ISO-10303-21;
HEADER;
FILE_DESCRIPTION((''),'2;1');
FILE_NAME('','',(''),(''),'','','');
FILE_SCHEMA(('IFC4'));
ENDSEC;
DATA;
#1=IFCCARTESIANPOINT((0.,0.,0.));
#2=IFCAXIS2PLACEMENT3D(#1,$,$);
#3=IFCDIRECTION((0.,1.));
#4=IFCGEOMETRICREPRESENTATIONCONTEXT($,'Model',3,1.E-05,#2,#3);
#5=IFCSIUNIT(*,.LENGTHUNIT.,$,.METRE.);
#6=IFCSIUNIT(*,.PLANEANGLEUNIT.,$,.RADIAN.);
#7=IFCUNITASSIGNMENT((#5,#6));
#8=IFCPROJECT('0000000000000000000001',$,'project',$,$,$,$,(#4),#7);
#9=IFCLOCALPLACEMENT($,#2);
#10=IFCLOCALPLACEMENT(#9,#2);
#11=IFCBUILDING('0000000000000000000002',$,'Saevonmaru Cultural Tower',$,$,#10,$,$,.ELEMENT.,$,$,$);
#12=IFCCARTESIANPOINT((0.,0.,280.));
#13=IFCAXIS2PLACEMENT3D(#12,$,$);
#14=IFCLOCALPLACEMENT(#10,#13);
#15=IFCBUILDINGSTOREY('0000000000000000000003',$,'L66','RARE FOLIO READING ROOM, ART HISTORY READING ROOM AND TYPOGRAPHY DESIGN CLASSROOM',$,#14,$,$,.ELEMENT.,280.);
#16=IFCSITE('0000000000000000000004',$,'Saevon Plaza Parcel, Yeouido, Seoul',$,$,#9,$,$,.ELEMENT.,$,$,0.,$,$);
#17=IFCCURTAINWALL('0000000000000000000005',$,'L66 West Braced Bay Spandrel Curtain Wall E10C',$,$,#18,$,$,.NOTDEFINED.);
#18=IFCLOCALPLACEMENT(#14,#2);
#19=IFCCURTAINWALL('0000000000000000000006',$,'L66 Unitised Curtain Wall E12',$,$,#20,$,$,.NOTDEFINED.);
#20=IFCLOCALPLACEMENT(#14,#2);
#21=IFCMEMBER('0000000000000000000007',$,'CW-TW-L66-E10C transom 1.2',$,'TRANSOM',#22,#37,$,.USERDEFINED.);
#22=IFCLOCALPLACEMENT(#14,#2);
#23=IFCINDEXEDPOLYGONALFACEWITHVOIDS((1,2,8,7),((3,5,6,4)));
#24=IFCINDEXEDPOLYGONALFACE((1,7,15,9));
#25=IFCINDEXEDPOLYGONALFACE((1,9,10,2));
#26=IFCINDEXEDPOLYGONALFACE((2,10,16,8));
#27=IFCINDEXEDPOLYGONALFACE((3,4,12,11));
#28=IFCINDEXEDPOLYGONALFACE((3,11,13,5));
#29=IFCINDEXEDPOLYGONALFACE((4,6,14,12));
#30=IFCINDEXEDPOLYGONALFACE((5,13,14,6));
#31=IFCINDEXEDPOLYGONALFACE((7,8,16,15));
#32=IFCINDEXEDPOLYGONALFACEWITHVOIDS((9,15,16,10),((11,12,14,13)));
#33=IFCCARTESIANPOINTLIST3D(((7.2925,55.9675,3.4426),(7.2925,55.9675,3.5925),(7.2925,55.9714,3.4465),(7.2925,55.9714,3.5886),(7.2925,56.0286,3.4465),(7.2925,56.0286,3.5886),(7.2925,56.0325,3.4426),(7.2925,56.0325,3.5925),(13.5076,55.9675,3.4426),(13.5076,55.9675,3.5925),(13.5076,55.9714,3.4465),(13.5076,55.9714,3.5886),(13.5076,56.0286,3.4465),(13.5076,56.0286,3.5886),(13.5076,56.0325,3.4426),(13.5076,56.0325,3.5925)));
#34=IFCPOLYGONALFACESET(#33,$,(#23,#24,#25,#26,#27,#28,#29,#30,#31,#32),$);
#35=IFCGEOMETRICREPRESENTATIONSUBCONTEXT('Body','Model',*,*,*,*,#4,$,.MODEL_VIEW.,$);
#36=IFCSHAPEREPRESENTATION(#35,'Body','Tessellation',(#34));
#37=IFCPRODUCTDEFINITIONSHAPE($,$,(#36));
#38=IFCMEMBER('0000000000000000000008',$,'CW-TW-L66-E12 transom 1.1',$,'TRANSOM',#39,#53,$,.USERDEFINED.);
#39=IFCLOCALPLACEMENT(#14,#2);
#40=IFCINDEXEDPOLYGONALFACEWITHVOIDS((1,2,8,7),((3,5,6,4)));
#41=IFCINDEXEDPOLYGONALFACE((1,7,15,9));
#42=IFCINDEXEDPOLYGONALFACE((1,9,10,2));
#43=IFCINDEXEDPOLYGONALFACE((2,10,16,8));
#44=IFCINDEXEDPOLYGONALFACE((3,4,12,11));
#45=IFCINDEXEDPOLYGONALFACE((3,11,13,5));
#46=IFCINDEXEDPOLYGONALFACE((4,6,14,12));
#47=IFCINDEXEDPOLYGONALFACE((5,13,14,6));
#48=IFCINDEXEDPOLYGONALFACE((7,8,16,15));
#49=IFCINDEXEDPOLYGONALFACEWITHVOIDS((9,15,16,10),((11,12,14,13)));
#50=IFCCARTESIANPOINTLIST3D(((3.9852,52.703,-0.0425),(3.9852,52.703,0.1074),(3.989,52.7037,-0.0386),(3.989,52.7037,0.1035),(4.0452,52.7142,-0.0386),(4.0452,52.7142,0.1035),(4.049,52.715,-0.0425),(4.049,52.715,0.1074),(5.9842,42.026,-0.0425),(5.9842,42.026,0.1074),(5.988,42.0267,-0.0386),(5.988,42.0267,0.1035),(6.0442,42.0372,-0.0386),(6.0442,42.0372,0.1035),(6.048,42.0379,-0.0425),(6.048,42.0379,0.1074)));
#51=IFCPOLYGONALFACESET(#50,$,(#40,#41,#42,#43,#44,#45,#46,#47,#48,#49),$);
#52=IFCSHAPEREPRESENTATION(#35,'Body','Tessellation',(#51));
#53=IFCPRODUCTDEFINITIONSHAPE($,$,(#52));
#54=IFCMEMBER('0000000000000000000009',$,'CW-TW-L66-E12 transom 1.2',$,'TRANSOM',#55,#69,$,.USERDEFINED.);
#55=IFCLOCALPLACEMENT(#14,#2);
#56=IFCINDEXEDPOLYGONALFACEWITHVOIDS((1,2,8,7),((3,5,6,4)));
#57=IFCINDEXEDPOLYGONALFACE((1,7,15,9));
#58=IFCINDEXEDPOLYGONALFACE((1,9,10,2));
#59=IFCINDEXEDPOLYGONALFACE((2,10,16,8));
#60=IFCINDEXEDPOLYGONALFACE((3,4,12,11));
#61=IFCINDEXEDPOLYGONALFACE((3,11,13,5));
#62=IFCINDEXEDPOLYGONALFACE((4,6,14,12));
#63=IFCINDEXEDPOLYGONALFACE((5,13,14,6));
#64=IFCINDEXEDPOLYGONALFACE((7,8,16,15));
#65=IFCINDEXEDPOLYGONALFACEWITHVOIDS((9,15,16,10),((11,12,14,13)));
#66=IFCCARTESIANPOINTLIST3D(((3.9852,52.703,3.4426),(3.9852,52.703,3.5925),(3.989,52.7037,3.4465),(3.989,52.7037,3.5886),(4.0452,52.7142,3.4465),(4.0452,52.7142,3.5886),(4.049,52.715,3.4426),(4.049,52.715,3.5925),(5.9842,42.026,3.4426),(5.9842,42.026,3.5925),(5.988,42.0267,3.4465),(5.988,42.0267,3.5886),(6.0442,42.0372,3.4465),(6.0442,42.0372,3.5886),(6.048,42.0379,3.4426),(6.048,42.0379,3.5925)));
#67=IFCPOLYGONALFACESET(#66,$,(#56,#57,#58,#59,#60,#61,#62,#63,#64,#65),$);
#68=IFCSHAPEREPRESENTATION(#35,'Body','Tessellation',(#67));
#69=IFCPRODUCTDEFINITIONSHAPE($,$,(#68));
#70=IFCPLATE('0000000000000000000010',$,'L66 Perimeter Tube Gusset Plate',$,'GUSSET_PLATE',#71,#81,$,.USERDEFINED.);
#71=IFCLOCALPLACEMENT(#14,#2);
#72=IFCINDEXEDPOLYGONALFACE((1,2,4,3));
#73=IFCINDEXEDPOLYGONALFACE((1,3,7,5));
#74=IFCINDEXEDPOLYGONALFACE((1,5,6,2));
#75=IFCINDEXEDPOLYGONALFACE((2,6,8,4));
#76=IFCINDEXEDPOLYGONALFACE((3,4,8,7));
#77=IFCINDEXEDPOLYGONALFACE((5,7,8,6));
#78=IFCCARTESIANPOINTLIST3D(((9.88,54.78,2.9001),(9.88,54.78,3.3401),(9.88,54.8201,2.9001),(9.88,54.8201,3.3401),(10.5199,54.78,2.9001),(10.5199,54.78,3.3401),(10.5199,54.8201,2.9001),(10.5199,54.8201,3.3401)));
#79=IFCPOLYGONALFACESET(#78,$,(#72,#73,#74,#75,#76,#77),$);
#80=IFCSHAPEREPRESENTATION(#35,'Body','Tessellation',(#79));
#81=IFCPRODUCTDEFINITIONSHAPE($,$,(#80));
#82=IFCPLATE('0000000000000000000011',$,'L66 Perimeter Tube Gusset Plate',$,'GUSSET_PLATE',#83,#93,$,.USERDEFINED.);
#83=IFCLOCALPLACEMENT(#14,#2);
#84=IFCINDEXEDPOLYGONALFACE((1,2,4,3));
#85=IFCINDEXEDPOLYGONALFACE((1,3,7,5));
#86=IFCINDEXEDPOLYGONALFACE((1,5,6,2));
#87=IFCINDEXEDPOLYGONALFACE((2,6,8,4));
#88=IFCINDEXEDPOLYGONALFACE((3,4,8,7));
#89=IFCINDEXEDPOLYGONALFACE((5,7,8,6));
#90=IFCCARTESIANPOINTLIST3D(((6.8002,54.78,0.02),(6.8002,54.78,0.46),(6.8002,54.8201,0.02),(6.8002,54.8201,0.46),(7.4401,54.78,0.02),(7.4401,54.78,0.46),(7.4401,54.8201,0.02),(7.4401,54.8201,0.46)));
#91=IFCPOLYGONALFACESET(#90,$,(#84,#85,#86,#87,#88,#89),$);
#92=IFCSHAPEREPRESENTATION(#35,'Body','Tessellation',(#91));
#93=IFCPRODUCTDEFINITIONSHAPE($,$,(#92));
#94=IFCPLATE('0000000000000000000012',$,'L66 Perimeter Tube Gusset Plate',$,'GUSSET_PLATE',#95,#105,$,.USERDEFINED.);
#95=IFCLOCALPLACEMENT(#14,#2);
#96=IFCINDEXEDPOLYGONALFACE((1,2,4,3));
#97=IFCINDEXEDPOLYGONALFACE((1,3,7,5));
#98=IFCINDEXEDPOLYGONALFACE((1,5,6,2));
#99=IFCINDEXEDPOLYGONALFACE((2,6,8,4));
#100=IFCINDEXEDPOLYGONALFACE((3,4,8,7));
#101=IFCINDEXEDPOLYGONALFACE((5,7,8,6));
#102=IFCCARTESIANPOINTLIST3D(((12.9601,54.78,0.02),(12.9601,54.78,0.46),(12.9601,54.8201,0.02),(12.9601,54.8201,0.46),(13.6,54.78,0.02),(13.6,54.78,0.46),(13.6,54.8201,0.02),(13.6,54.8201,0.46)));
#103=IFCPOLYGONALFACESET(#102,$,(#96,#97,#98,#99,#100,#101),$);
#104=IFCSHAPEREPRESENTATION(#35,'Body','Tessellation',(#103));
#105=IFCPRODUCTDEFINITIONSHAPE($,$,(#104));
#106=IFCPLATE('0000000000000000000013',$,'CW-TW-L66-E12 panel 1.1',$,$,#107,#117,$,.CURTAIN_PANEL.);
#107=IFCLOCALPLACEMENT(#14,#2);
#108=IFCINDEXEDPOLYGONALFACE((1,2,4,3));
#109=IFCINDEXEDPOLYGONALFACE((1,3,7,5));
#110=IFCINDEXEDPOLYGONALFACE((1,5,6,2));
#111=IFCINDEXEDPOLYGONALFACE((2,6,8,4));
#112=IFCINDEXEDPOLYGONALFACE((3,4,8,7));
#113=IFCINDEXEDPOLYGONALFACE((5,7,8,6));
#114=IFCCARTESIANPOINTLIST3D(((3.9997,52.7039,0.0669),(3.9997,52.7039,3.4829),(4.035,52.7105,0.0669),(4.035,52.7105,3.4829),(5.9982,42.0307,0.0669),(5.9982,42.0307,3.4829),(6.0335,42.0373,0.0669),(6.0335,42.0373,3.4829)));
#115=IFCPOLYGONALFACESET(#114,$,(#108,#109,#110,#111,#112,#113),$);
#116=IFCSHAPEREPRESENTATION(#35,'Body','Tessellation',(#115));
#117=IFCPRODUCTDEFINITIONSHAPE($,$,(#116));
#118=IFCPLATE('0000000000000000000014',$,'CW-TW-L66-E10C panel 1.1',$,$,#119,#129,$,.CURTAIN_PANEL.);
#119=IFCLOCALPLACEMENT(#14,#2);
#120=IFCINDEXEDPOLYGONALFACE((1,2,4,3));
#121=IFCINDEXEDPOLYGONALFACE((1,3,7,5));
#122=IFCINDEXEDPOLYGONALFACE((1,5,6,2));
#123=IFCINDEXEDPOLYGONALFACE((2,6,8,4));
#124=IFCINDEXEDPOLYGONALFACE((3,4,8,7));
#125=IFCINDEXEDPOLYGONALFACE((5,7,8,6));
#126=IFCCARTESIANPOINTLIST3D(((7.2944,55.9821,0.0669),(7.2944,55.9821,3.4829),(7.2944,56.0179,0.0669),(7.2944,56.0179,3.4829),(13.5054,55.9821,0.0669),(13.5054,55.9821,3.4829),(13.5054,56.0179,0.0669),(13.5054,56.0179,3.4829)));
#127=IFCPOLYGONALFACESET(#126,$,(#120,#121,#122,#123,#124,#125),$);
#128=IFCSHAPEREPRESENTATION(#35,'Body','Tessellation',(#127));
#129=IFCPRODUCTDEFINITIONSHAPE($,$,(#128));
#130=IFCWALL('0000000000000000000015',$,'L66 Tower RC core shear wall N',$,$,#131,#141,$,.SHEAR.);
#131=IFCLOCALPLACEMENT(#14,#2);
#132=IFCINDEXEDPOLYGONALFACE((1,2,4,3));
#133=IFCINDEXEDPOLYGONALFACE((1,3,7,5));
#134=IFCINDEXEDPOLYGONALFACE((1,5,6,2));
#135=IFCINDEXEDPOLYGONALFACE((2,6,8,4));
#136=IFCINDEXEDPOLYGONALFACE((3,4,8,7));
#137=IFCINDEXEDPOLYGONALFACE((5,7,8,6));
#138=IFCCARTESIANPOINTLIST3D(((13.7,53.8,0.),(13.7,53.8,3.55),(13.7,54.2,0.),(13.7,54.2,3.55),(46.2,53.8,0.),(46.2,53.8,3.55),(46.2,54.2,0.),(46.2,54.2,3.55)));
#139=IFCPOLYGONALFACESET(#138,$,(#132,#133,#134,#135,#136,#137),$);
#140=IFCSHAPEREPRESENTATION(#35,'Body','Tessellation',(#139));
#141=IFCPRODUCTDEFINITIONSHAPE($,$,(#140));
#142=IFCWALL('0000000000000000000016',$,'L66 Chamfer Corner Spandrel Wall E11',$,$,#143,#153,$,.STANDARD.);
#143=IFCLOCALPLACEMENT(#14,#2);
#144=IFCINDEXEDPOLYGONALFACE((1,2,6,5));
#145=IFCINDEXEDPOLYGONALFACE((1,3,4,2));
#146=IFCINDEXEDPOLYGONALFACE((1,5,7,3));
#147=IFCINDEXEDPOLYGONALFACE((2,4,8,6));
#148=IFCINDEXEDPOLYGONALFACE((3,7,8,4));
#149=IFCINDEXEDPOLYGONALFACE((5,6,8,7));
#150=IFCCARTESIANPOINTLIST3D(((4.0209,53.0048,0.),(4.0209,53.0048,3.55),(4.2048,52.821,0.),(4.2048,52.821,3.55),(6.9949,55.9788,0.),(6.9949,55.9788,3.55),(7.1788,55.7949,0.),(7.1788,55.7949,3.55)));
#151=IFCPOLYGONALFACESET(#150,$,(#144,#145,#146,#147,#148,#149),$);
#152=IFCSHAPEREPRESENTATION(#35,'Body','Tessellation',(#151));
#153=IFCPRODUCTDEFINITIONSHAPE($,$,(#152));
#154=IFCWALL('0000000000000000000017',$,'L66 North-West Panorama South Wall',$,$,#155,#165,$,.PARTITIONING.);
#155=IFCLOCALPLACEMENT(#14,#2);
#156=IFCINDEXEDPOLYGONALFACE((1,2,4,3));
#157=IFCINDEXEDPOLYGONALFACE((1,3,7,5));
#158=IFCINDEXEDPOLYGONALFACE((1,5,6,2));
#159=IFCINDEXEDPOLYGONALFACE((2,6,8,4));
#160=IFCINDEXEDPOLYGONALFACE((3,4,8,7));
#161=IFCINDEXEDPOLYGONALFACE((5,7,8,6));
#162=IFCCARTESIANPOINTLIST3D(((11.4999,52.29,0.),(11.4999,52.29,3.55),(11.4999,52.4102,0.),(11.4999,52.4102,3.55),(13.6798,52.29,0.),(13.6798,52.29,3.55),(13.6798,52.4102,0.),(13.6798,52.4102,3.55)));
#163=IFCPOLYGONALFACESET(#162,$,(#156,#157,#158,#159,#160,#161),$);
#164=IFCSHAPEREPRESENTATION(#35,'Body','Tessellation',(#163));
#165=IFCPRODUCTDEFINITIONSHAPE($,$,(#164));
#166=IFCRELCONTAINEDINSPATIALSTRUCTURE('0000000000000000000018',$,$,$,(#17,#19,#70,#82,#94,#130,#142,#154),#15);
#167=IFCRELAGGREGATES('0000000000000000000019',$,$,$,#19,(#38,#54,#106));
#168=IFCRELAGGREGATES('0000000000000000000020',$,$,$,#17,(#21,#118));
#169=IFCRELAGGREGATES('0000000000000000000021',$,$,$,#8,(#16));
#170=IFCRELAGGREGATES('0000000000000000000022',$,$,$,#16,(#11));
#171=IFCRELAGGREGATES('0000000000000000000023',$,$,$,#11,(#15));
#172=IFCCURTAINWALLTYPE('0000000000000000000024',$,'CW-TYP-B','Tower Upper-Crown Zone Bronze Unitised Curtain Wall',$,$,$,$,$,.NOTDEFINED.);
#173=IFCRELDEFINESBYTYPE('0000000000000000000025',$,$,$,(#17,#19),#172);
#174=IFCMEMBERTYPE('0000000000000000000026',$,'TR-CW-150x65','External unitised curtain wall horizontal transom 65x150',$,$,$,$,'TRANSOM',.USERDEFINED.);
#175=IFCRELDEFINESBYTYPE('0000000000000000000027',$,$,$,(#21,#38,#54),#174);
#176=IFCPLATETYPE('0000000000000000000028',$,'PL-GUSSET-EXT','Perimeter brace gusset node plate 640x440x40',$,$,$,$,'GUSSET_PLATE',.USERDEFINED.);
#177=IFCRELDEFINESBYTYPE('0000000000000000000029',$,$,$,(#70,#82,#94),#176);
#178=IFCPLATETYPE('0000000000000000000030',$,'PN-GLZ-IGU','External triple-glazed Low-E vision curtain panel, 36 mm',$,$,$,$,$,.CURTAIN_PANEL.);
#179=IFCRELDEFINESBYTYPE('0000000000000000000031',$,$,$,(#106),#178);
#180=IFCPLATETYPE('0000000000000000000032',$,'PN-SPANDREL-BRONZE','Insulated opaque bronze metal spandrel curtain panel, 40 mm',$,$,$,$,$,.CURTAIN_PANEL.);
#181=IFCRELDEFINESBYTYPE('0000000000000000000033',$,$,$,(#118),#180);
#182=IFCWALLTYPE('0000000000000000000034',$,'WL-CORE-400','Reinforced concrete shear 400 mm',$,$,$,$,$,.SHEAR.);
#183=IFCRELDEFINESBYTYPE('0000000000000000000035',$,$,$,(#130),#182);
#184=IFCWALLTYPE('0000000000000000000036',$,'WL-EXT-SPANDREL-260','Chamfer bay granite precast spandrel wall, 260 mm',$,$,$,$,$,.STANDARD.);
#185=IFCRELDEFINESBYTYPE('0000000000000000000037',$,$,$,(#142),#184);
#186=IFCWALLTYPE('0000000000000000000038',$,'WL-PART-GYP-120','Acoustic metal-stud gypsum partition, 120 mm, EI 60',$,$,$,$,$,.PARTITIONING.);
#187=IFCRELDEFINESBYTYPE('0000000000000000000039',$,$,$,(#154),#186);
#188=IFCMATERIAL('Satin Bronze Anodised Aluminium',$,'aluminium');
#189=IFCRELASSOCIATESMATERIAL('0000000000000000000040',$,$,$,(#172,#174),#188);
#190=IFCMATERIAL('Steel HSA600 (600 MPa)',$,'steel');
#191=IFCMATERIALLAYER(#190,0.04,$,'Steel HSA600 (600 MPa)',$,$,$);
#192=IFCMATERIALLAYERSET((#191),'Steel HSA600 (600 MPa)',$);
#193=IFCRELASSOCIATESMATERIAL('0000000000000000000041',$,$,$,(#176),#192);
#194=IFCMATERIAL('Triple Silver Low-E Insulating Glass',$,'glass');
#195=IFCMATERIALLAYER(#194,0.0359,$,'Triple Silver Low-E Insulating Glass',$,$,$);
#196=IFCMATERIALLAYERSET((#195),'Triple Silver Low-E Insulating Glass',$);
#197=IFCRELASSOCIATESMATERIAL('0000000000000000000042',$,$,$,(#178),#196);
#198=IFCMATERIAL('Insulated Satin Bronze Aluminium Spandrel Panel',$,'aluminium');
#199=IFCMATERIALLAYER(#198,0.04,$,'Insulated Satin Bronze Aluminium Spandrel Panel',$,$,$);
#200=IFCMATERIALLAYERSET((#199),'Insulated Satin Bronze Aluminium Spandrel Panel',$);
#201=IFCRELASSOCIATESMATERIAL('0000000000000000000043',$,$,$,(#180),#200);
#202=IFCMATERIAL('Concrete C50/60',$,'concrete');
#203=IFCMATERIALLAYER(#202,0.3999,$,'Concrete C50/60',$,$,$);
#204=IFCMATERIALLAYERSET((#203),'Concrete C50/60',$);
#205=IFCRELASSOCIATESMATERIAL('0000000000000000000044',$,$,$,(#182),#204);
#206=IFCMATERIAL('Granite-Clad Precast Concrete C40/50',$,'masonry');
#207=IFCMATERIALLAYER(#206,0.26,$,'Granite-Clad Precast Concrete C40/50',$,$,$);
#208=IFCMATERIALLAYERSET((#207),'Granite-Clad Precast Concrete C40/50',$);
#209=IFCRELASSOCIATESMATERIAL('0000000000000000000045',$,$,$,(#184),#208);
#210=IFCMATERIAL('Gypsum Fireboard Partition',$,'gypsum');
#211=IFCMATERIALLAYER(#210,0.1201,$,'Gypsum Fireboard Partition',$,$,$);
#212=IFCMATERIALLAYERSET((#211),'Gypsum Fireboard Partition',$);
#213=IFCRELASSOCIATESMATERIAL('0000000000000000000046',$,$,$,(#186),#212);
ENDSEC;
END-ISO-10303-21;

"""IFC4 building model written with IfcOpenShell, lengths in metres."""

from ifc_helpers import new_model, si_unit, direction, frame, frame_2d, origin, origin_2d, place, context, subcontext, project, spatial, rectangle, hollow_rectangle, extrude, material, layer, layer_set, material_profile, profile_set, type_object, element, aggregate, save


model = new_model("IFC4")

# Units and contexts
model_context = context("Model", 3, precision=1e-05, world=origin(), true_north=direction((0.0, 1.0)))
body_context = subcontext(model_context, "Body", "Model", "MODEL_VIEW")
ifc_project = project(units=[si_unit("LENGTHUNIT", "METRE"), si_unit("PLANEANGLEUNIT", "RADIAN")], contexts=[model_context])

# Site, building, storey
site_placement = place(None, origin())
site = spatial("IfcSite", under=ifc_project, at=site_placement, Name="Saevon Plaza Parcel, Yeouido, Seoul", CompositionType="ELEMENT", RefElevation=0.0)
building_placement = place(site_placement, origin())
building = spatial("IfcBuilding", under=site, at=building_placement, Name="Saevonmaru Cultural Tower", CompositionType="ELEMENT")
storey_placement = place(building_placement, frame((0.0, 0.0, 280.0)))
storey = spatial("IfcBuildingStorey", under=building, at=storey_placement, Name="L66", Description="RARE FOLIO READING ROOM, ART HISTORY READING ROOM AND TYPOGRAPHY DESIGN CLASSROOM", CompositionType="ELEMENT", Elevation=280.0)

# Shared definitions
ifc_material_1 = material(Name="Satin Bronze Anodised Aluminium", Category="aluminium")
curtain_wall_type = type_object("IfcCurtainWallType", Name="CW-TYP-B", Description="Tower Upper-Crown Zone Bronze Unitised Curtain Wall", PredefinedType="NOTDEFINED", material=ifc_material_1)

# Curtain wall
curtain_wall_1_placement = place(storey_placement, origin())
curtain_wall_1 = element("IfcCurtainWall", 1, at=curtain_wall_1_placement, inside=storey, type_object=curtain_wall_type, Name="L66 West Braced Bay Spandrel Curtain Wall E10C", PredefinedType="NOTDEFINED")

# Curtain wall
curtain_wall_2_placement = place(storey_placement, origin())
curtain_wall_2 = element("IfcCurtainWall", 2, at=curtain_wall_2_placement, inside=storey, type_object=curtain_wall_type, Name="L66 Unitised Curtain Wall E12", PredefinedType="NOTDEFINED")

# Members
ifc_material_profile_1 = material_profile(ifc_material_1, hollow_rectangle(XDim=0.0649, YDim=0.1499, WallThickness=0.0039, at=origin_2d()), Name="ALU-TRAN-150x65x4")
ifc_profile_set_1 = profile_set([ifc_material_profile_1], Name="Satin Bronze Anodised Aluminium")
member_type_1 = type_object("IfcMemberType", Name="TR-CW-150x65", Description="External unitised curtain wall horizontal transom 65x150", ElementType="TRANSOM", PredefinedType="USERDEFINED", material=ifc_profile_set_1)
member_1_placement = place(storey_placement, frame((13.5076, 56.0, 3.5176), z_axis=(-1.0, 0.0, 0.0), x_axis=(0.0, -1.0, 0.0)))
member_1 = element("IfcMember", 3, at=member_1_placement, type_object=member_type_1, Name="CW-TW-L66-E10C transom 1.2", ObjectType="TRANSOM", PredefinedType="USERDEFINED", context=body_context, shape_type="SweptSolid", body=[
    extrude(hollow_rectangle(XDim=0.0649, YDim=0.1499, WallThickness=0.0039, at=origin_2d()), origin(), (0.0, 0.0, 1.0), 6.2151),
])
member_2_placement = place(storey_placement, frame((4.0171, 52.709, 0.0325), z_axis=(0.184029, -0.982921, 0.0), x_axis=(0.982921, 0.184029, 0.0)))
member_2 = element("IfcMember", 4, at=member_2_placement, type_object=member_type_1, Name="CW-TW-L66-E12 transom 1.1", ObjectType="TRANSOM", PredefinedType="USERDEFINED", context=body_context, shape_type="SweptSolid", body=[
    extrude(hollow_rectangle(XDim=0.0649, YDim=0.1499, WallThickness=0.0039, at=origin_2d()), origin(), (0.0, 0.0, 1.0), 10.8625),
])
member_3_placement = place(storey_placement, frame((4.0171, 52.709, 3.5176), z_axis=(0.184029, -0.982921, 0.0), x_axis=(0.982921, 0.184029, 0.0)))
member_3 = element("IfcMember", 5, at=member_3_placement, type_object=member_type_1, Name="CW-TW-L66-E12 transom 1.2", ObjectType="TRANSOM", PredefinedType="USERDEFINED", context=body_context, shape_type="SweptSolid", body=[
    extrude(hollow_rectangle(XDim=0.0649, YDim=0.1499, WallThickness=0.0039, at=origin_2d()), origin(), (0.0, 0.0, 1.0), 10.8625),
])

# Plates
ifc_material_2 = material(Name="Steel HSA600 (600 MPa)", Category="steel")
ifc_layer_1 = layer(ifc_material_2, 0.04, Name="Steel HSA600 (600 MPa)")
ifc_layer_set_1 = layer_set([ifc_layer_1], Name="Steel HSA600 (600 MPa)")
plate_type_1 = type_object("IfcPlateType", Name="PL-GUSSET-EXT", Description="Perimeter brace gusset node plate 640x440x40", ElementType="GUSSET_PLATE", PredefinedType="USERDEFINED", material=ifc_layer_set_1)
for number, where, z_axis, x_axis, name in (
    (6, (10.2, 54.8, 2.9001), (0.0, 0.0, 1.0), (1.0, 0.0, 0.0), "L66 Perimeter Tube Gusset Plate"),
    (7, (7.1201, 54.8, 0.02), (0.0, 0.0, 1.0), (1.0, 0.0, 0.0), "L66 Perimeter Tube Gusset Plate"),
    (8, (13.28, 54.8, 0.02), (0.0, 0.0, 1.0), (1.0, 0.0, 0.0), "L66 Perimeter Tube Gusset Plate"),
):
    element("IfcPlate", number, at=place(storey_placement, frame(where, z_axis=z_axis, x_axis=x_axis)), inside=storey, type_object=plate_type_1, Name=name, ObjectType="GUSSET_PLATE", PredefinedType="USERDEFINED", context=body_context, shape_type="SweptSolid", body=[
        extrude(rectangle(XDim=0.6399, YDim=0.04, at=origin_2d()), origin(), (0.0, 0.0, 1.0), 0.4399),
    ])

# Plates
ifc_material_3 = material(Name="Triple Silver Low-E Insulating Glass", Category="glass")
ifc_layer_2 = layer(ifc_material_3, 0.0359, Name="Triple Silver Low-E Insulating Glass")
ifc_layer_set_2 = layer_set([ifc_layer_2], Name="Triple Silver Low-E Insulating Glass")
plate_type_2 = type_object("IfcPlateType", Name="PN-GLZ-IGU", Description="External triple-glazed Low-E vision curtain panel, 36 mm", PredefinedType="CURTAIN_PANEL", material=ifc_layer_set_2)
plate_1_placement = place(storey_placement, frame((5.0166, 47.3706, 0.0669), z_axis=(0.0, 0.0, 1.0), x_axis=(0.184047, -0.982918, 0.0)))
plate_1 = element("IfcPlate", 9, at=plate_1_placement, type_object=plate_type_2, Name="CW-TW-L66-E12 panel 1.1", PredefinedType="CURTAIN_PANEL", context=body_context, shape_type="SweptSolid", body=[
    extrude(rectangle(XDim=10.8586, YDim=0.0359, at=origin_2d()), origin(), (0.0, 0.0, 1.0), 3.416),
])
aggregate(curtain_wall_2, [member_2, member_3, plate_1])
ifc_material_4 = material(Name="Insulated Satin Bronze Aluminium Spandrel Panel", Category="aluminium")
ifc_layer_3 = layer(ifc_material_4, 0.04, Name="Insulated Satin Bronze Aluminium Spandrel Panel")
ifc_layer_set_3 = layer_set([ifc_layer_3], Name="Insulated Satin Bronze Aluminium Spandrel Panel")
plate_type_3 = type_object("IfcPlateType", Name="PN-SPANDREL-BRONZE", Description="Insulated opaque bronze metal spandrel curtain panel, 40 mm", PredefinedType="CURTAIN_PANEL", material=ifc_layer_set_3)
plate_2_placement = place(storey_placement, frame((10.3999, 56.0, 0.0669), z_axis=(0.0, 0.0, 1.0), x_axis=(-1.0, 0.0, 0.0)))
plate_2 = element("IfcPlate", 10, at=plate_2_placement, type_object=plate_type_3, Name="CW-TW-L66-E10C panel 1.1", PredefinedType="CURTAIN_PANEL", context=body_context, shape_type="SweptSolid", body=[
    extrude(rectangle(XDim=6.2109, YDim=0.0359, at=origin_2d()), origin(), (0.0, 0.0, 1.0), 3.416),
])
aggregate(curtain_wall_1, [member_1, plate_2])

# Walls
ifc_material_5 = material(Name="Concrete C50/60", Category="concrete")
ifc_layer_4 = layer(ifc_material_5, 0.3999, Name="Concrete C50/60")
ifc_layer_set_4 = layer_set([ifc_layer_4], Name="Concrete C50/60")
wall_type_1 = type_object("IfcWallType", Name="WL-CORE-400", Description="Reinforced concrete shear 400 mm", PredefinedType="SHEAR", material=ifc_layer_set_4)
wall_1_placement = place(storey_placement, frame((13.7, 54.0, 0.0), z_axis=(0.0, 0.0, 1.0), x_axis=(1.0, 0.0, 0.0)))
element("IfcWall", 11, at=wall_1_placement, inside=storey, type_object=wall_type_1, Name="L66 Tower RC core shear wall N", PredefinedType="SHEAR", context=body_context, shape_type="SweptSolid", body=[
    extrude(rectangle(XDim=32.5, YDim=0.3999, at=frame_2d((16.25, 0.0))), origin(), (0.0, 0.0, 1.0), 3.55),
])
ifc_material_6 = material(Name="Granite-Clad Precast Concrete C40/50", Category="masonry")
ifc_layer_5 = layer(ifc_material_6, 0.26, Name="Granite-Clad Precast Concrete C40/50")
ifc_layer_set_5 = layer_set([ifc_layer_5], Name="Granite-Clad Precast Concrete C40/50")
wall_type_2 = type_object("IfcWallType", Name="WL-EXT-SPANDREL-260", Description="Chamfer bay granite precast spandrel wall, 260 mm", PredefinedType="STANDARD", material=ifc_layer_set_5)
wall_2_placement = place(storey_placement, frame((7.0869, 55.887, 0.0), z_axis=(0.0, 0.0, 1.0), x_axis=(-0.707107, -0.707107, 0.0)))
element("IfcWall", 12, at=wall_2_placement, inside=storey, type_object=wall_type_2, Name="L66 Chamfer Corner Spandrel Wall E11", PredefinedType="STANDARD", context=body_context, shape_type="SweptSolid", body=[
    extrude(rectangle(XDim=4.2058, YDim=0.26, at=frame_2d((2.103, 0.0))), origin(), (0.0, 0.0, 1.0), 3.55),
])
ifc_material_7 = material(Name="Gypsum Fireboard Partition", Category="gypsum")
ifc_layer_6 = layer(ifc_material_7, 0.1201, Name="Gypsum Fireboard Partition")
ifc_layer_set_6 = layer_set([ifc_layer_6], Name="Gypsum Fireboard Partition")
wall_type_3 = type_object("IfcWallType", Name="WL-PART-GYP-120", Description="Acoustic metal-stud gypsum partition, 120 mm, EI 60", PredefinedType="PARTITIONING", material=ifc_layer_set_6)
wall_3_placement = place(storey_placement, frame((11.5, 52.3501, 0.0), z_axis=(0.0, 0.0, 1.0), x_axis=(1.0, 0.0, 0.0)))
element("IfcWall", 13, at=wall_3_placement, inside=storey, type_object=wall_type_3, Name="L66 North-West Panorama South Wall", PredefinedType="PARTITIONING", context=body_context, shape_type="SweptSolid", body=[
    extrude(rectangle(XDim=2.1799, YDim=0.1201, at=frame_2d((1.0898, 0.0))), origin(), (0.0, 0.0, 1.0), 3.55),
])

save(model, "model.ifc")
